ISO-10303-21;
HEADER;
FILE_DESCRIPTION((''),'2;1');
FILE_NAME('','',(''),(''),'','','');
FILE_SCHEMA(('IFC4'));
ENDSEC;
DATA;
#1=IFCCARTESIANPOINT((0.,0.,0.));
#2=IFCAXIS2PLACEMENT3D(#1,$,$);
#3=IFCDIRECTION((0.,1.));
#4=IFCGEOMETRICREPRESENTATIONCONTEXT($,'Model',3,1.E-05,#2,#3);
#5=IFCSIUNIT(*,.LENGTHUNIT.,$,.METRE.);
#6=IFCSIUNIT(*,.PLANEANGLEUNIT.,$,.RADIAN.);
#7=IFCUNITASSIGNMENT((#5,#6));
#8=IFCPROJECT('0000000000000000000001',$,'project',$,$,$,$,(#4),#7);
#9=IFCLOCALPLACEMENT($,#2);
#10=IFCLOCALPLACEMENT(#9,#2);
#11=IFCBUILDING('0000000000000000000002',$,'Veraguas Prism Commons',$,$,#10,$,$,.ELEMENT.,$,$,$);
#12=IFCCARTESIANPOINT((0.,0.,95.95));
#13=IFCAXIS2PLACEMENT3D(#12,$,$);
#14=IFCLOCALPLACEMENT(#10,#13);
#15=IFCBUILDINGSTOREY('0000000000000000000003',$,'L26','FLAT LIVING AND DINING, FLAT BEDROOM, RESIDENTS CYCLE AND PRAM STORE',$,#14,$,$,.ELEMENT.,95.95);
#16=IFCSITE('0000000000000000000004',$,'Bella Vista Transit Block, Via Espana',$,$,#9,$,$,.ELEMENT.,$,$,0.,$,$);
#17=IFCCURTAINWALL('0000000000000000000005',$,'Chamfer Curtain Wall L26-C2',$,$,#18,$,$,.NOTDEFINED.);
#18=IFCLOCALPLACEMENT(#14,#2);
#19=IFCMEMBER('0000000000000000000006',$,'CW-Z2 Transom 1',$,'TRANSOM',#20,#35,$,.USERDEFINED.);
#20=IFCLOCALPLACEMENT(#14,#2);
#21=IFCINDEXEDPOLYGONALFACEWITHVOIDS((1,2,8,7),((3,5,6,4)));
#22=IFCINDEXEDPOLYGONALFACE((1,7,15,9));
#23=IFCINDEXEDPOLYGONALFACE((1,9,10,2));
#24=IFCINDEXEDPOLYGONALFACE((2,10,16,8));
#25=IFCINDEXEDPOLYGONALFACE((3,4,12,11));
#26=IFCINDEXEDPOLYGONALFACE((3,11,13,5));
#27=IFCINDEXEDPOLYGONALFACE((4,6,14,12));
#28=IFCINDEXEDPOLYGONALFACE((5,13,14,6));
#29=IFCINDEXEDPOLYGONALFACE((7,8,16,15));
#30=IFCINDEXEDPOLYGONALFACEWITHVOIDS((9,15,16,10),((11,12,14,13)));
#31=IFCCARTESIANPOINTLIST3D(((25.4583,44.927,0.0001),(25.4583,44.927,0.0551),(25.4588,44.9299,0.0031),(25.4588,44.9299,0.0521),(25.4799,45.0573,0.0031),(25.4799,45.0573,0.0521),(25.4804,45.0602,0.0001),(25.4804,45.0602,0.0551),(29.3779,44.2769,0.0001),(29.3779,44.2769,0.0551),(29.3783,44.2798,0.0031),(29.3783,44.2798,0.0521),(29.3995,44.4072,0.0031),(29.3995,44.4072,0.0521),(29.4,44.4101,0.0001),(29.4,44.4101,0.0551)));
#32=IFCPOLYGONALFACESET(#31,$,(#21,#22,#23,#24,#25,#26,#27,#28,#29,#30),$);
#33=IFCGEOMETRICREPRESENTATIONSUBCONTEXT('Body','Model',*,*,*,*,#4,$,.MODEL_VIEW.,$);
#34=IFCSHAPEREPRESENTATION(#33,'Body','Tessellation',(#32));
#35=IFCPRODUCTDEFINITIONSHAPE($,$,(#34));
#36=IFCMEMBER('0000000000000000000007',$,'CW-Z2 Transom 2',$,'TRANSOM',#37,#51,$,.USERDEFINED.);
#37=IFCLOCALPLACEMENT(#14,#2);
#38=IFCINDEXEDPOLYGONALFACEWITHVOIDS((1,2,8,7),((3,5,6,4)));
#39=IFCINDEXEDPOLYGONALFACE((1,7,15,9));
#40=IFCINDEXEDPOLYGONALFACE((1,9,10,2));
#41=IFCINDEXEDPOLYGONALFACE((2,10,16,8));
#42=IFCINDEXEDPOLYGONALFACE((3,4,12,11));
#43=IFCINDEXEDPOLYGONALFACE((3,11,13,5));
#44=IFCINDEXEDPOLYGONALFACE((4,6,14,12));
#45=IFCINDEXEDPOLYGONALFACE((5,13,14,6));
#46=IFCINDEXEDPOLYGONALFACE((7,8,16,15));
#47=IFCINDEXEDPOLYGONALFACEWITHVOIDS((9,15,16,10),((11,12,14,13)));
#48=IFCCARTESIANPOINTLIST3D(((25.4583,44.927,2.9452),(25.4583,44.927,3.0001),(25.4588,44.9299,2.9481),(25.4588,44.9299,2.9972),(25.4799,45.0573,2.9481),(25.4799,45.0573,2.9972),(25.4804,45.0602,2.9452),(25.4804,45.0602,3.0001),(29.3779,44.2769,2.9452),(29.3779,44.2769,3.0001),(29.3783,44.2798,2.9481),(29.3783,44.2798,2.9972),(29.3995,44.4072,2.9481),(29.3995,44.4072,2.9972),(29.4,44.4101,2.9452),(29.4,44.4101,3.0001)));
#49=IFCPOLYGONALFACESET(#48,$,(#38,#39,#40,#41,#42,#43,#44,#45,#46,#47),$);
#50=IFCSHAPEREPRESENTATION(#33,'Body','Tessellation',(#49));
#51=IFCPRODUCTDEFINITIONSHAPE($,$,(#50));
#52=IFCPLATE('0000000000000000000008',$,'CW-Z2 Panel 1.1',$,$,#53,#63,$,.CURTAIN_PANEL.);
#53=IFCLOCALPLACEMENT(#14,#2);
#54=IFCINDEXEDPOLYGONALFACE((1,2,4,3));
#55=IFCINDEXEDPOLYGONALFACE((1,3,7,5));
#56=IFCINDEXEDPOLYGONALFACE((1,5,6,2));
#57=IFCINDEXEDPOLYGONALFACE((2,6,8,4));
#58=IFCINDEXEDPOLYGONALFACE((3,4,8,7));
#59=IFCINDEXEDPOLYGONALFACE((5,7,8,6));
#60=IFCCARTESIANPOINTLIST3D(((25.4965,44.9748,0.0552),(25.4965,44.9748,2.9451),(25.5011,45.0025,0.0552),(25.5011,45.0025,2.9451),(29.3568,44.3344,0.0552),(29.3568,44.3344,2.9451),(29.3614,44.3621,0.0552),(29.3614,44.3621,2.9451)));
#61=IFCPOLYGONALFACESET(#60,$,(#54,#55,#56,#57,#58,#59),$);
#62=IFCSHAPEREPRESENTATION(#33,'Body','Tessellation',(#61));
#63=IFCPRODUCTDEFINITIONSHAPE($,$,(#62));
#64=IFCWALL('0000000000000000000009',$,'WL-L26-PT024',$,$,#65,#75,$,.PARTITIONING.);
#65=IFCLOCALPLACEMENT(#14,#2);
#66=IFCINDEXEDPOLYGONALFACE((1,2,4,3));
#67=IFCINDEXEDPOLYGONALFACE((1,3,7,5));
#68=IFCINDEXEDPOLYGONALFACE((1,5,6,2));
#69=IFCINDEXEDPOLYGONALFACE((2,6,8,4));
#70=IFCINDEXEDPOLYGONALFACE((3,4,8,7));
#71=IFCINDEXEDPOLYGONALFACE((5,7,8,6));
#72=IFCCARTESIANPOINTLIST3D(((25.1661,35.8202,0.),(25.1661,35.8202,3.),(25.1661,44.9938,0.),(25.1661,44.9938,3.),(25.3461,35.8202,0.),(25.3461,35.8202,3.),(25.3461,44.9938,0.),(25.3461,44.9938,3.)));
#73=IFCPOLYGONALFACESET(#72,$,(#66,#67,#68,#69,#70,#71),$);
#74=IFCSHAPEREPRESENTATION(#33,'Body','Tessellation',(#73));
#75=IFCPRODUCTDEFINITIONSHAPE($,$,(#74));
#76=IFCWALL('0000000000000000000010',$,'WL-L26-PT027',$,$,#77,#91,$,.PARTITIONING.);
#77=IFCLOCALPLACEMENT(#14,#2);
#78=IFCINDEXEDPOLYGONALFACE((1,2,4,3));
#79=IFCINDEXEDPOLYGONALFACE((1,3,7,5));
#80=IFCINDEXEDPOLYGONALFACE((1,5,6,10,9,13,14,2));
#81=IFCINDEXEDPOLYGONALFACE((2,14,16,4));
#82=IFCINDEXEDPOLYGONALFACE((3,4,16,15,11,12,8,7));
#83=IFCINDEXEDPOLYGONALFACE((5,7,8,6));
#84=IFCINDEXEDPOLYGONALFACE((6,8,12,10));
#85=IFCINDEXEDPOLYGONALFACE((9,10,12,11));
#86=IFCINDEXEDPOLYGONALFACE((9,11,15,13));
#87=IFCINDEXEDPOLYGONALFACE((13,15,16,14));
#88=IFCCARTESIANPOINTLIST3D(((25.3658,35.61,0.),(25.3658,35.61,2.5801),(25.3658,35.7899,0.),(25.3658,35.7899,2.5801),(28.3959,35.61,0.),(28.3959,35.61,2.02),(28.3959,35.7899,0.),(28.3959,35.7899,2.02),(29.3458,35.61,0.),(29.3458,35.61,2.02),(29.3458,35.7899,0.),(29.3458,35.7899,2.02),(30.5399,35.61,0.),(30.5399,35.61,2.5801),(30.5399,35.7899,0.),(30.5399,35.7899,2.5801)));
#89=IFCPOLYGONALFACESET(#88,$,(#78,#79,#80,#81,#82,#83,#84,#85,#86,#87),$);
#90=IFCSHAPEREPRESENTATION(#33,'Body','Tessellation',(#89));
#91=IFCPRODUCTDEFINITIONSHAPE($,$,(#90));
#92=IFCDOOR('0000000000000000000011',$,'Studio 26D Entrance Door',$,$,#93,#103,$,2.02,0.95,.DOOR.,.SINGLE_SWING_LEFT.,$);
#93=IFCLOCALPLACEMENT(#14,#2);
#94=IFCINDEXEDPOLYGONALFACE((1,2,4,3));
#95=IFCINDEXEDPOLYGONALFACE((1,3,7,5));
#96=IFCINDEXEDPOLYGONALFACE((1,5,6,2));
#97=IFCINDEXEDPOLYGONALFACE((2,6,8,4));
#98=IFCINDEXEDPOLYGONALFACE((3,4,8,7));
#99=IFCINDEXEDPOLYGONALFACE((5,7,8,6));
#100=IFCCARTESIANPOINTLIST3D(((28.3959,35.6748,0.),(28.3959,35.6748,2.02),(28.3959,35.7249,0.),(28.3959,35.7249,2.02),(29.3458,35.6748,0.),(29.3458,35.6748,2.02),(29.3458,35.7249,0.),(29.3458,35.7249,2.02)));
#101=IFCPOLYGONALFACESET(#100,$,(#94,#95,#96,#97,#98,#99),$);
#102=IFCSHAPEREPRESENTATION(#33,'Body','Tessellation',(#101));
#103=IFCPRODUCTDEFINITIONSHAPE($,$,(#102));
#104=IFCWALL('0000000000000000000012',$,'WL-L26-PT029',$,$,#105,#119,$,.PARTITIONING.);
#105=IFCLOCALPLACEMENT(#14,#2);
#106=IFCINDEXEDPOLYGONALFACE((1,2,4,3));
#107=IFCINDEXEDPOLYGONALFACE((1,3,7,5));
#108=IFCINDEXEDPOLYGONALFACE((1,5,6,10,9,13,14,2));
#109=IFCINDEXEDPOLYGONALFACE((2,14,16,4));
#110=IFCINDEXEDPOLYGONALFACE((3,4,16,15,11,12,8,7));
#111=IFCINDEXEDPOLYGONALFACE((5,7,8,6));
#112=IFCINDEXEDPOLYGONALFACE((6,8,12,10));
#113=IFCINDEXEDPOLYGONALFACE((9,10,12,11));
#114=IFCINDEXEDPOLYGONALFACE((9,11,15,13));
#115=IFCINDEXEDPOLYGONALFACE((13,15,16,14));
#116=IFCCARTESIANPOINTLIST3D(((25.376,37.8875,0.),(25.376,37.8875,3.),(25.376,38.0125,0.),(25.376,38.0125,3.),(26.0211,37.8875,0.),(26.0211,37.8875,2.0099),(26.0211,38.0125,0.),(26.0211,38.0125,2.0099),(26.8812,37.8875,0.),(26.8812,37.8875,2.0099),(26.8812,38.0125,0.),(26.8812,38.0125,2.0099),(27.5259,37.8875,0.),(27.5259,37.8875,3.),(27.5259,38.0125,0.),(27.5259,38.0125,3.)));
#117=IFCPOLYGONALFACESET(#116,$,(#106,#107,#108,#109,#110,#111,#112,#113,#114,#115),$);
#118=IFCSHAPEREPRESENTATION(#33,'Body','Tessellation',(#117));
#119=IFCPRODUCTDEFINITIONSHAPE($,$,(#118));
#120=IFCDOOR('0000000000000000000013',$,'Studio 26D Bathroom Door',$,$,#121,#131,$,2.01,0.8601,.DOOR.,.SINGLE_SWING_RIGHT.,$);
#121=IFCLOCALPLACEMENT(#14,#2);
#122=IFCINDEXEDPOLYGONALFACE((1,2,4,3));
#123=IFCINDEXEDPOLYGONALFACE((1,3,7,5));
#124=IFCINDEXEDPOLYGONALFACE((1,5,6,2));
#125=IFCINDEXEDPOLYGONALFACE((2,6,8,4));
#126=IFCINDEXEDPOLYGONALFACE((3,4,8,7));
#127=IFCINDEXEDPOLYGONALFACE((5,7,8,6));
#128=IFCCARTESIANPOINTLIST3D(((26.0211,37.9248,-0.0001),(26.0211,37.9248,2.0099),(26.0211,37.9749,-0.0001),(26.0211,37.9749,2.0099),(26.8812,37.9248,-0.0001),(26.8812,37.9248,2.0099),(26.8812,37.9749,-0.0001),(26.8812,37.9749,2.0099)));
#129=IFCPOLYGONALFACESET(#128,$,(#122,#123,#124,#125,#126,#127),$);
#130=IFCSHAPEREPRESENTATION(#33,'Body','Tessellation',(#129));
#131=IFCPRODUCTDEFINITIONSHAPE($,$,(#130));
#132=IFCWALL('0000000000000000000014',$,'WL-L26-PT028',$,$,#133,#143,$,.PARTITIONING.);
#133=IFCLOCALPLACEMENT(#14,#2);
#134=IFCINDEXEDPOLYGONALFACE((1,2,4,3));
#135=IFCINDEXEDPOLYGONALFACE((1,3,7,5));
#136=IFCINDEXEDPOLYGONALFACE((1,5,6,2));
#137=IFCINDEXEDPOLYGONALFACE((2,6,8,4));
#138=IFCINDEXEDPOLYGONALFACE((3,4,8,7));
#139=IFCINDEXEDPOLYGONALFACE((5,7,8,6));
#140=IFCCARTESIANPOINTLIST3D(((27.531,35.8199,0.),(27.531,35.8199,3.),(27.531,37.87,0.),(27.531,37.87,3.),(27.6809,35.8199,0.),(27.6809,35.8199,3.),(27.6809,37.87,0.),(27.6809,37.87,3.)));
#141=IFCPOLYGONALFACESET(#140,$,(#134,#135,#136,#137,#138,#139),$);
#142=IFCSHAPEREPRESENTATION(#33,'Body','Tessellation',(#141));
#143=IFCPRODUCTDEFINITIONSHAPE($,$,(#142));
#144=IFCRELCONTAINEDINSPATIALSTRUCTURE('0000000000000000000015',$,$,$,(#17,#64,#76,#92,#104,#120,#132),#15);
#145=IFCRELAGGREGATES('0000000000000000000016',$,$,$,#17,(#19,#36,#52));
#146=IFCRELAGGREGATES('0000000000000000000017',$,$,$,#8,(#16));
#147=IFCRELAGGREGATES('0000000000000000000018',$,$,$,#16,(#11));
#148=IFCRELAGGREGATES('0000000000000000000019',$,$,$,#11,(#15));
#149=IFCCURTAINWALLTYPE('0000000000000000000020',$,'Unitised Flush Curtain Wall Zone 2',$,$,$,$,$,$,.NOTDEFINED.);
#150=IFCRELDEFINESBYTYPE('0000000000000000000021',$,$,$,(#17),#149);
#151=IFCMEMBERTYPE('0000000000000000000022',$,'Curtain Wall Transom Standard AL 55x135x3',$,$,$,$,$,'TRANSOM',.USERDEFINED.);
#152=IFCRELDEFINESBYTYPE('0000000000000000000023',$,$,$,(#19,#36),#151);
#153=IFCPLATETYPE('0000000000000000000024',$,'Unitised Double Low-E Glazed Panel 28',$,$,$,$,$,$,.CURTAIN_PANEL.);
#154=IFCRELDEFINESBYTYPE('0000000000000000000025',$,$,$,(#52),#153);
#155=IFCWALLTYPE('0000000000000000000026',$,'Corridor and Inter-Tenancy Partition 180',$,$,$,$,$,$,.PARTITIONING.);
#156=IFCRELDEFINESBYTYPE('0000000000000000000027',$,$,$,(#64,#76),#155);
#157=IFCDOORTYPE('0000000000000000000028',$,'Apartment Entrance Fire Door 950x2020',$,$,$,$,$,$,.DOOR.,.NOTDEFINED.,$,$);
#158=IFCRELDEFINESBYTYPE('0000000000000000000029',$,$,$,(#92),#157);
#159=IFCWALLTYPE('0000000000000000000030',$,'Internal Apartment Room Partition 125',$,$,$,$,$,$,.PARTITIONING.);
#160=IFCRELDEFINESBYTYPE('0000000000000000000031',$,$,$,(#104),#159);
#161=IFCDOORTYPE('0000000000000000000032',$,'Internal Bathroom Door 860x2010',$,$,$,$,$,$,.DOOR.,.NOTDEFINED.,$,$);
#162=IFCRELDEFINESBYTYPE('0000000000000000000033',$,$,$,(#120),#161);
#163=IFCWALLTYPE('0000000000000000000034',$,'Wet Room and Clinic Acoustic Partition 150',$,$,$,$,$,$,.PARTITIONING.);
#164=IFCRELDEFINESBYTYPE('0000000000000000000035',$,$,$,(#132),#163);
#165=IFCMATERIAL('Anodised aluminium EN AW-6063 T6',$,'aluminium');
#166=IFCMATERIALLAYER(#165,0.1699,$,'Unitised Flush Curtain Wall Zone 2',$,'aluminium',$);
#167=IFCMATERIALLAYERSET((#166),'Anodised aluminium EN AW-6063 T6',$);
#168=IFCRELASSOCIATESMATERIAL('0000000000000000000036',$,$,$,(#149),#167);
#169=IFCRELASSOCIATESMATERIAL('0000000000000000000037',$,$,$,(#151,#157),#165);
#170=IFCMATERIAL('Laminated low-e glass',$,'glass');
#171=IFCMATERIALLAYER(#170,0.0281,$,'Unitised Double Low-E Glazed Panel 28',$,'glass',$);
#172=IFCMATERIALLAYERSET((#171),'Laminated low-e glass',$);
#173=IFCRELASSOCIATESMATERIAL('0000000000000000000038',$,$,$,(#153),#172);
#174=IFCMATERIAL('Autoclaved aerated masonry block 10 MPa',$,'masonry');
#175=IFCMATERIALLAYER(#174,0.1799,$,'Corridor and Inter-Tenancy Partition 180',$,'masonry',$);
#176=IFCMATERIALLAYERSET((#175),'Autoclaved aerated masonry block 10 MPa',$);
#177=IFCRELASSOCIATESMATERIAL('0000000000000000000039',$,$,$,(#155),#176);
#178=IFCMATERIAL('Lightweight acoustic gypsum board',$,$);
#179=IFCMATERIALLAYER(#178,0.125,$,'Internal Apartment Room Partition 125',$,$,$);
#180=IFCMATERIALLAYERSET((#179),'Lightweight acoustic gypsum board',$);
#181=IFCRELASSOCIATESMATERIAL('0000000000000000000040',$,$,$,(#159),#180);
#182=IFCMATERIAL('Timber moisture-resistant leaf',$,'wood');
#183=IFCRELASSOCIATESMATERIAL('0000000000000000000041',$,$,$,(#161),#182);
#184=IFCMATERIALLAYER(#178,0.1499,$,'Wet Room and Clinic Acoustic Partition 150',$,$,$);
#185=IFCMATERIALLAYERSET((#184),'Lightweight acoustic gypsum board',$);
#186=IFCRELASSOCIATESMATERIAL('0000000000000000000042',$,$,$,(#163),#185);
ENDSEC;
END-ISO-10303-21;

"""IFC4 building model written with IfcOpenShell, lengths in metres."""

from ifc_helpers import new_model, si_unit, direction, frame, frame_2d, origin, origin_2d, place, context, subcontext, project, spatial, rectangle, hollow_rectangle, extrude, source, transform, mapped, material, layer, layer_set, material_profile, profile_set, type_object, element, fill, aggregate, save


model = new_model("IFC4")

# Units and contexts
model_context = context("Model", 3, precision=1e-05, world=origin(), true_north=direction((0.0, 1.0)))
body_context = subcontext(model_context, "Body", "Model", "MODEL_VIEW")
ifc_project = project(units=[si_unit("LENGTHUNIT", "METRE"), si_unit("PLANEANGLEUNIT", "RADIAN")], contexts=[model_context])

# Site, building, storey
site_placement = place(None, origin())
site = spatial("IfcSite", under=ifc_project, at=site_placement, Name="Bella Vista Transit Block, Via Espana", CompositionType="ELEMENT", RefElevation=0.0)
building_placement = place(site_placement, origin())
building = spatial("IfcBuilding", under=site, at=building_placement, Name="Veraguas Prism Commons", CompositionType="ELEMENT")
storey_placement = place(building_placement, frame((0.0, 0.0, 95.95)))
storey = spatial("IfcBuildingStorey", under=building, at=storey_placement, Name="L26", Description="FLAT LIVING AND DINING, FLAT BEDROOM, RESIDENTS CYCLE AND PRAM STORE", CompositionType="ELEMENT", Elevation=95.95)

# Shared definitions
ifc_material_1 = material(Name="Anodised aluminium EN AW-6063 T6", Category="aluminium")
ifc_layer_1 = layer(ifc_material_1, 0.1699, Name="Unitised Flush Curtain Wall Zone 2", Category="aluminium")
ifc_layer_set_1 = layer_set([ifc_layer_1], Name="Anodised aluminium EN AW-6063 T6")
curtain_wall_type = type_object("IfcCurtainWallType", Name="Unitised Flush Curtain Wall Zone 2", PredefinedType="NOTDEFINED", material=ifc_layer_set_1)

# Curtain wall
curtain_wall_1_placement = place(storey_placement, origin())
curtain_wall_1 = element("IfcCurtainWall", 1, at=curtain_wall_1_placement, inside=storey, type_object=curtain_wall_type, Name="Chamfer Curtain Wall L26-C2", PredefinedType="NOTDEFINED")

# Members
ifc_material_profile_1 = material_profile(ifc_material_1, hollow_rectangle(XDim=0.0549, YDim=0.135, WallThickness=0.0029, at=origin_2d()), Name="AL55X135X3")
ifc_profile_set_1 = profile_set([ifc_material_profile_1], Name="Anodised aluminium EN AW-6063 T6")
member_type_1 = type_object("IfcMemberType", Name="Curtain Wall Transom Standard AL 55x135x3", ElementType="TRANSOM", PredefinedType="USERDEFINED", material=ifc_profile_set_1)
shared_shape_1 = source(origin(), body_context, "Body", "SweptSolid", [
    extrude(hollow_rectangle(XDim=0.0549, YDim=0.135, WallThickness=0.0029, at=origin_2d()), origin(), (0.0, 0.0, 1.0), 3.9731),
])
member_1_placement = place(storey_placement, frame((29.3889, 44.3435, 0.0276), z_axis=(-0.986522, 0.163632, 0.0), x_axis=(0.0, 0.0, 1.0)))
member_1 = element("IfcMember", 2, at=member_1_placement, type_object=member_type_1, Name="CW-Z2 Transom 1", ObjectType="TRANSOM", PredefinedType="USERDEFINED", context=body_context, shape_type="MappedRepresentation", body=[
    mapped(shared_shape_1, transform((0.0, 0.0, 0.0), scale=1.0)),
])
member_2_placement = place(storey_placement, frame((29.3889, 44.3435, 2.9727), z_axis=(-0.986522, 0.163632, 0.0), x_axis=(0.0, 0.0, 1.0)))
member_2 = element("IfcMember", 3, at=member_2_placement, type_object=member_type_1, Name="CW-Z2 Transom 2", ObjectType="TRANSOM", PredefinedType="USERDEFINED", context=body_context, shape_type="MappedRepresentation", body=[
    mapped(shared_shape_1, transform((0.0, 0.0, 0.0), scale=1.0)),
])

# Plate
ifc_material_2 = material(Name="Laminated low-e glass", Category="glass")
ifc_layer_2 = layer(ifc_material_2, 0.0281, Name="Unitised Double Low-E Glazed Panel 28", Category="glass")
ifc_layer_set_2 = layer_set([ifc_layer_2], Name="Laminated low-e glass")
plate_type = type_object("IfcPlateType", Name="Unitised Double Low-E Glazed Panel 28", PredefinedType="CURTAIN_PANEL", material=ifc_layer_set_2)
shared_shape_2 = source(origin(), body_context, "Body", "SweptSolid", [
    extrude(rectangle(XDim=3.9131, YDim=0.0281, at=origin_2d()), origin(), (0.0, 0.0, 1.0), 2.8899),
])
plate_placement = place(storey_placement, frame((27.429, 44.6685, 0.0552), z_axis=(0.0, 0.0, 1.0), x_axis=(-0.986515, 0.16367, 0.0)))
plate = element("IfcPlate", 4, at=plate_placement, type_object=plate_type, Name="CW-Z2 Panel 1.1", PredefinedType="CURTAIN_PANEL", context=body_context, shape_type="MappedRepresentation", body=[
    mapped(shared_shape_2, transform((0.0, 0.0, 0.0), scale=1.0)),
])
aggregate(curtain_wall_1, [member_1, member_2, plate])

# Wall
ifc_material_3 = material(Name="Autoclaved aerated masonry block 10 MPa", Category="masonry")
ifc_layer_3 = layer(ifc_material_3, 0.1799, Name="Corridor and Inter-Tenancy Partition 180", Category="masonry")
ifc_layer_set_3 = layer_set([ifc_layer_3], Name="Autoclaved aerated masonry block 10 MPa")
wall_type_1 = type_object("IfcWallType", Name="Corridor and Inter-Tenancy Partition 180", PredefinedType="PARTITIONING", material=ifc_layer_set_3)
wall_1_placement = place(storey_placement, frame((25.2561, 35.8201, 0.0), z_axis=(0.0, 0.0, 1.0), x_axis=(0.0, 1.0, 0.0)))
element("IfcWall", 5, at=wall_1_placement, inside=storey, type_object=wall_type_1, Name="WL-L26-PT024", PredefinedType="PARTITIONING", context=body_context, shape_type="SweptSolid", body=[
    extrude(rectangle(XDim=9.1736, YDim=0.1799, at=frame_2d((4.5869, 0.0))), origin(), (0.0, 0.0, 1.0), 3.0),
])

# Walls, openings, doors
wall_2_placement = place(storey_placement, frame((25.366, 35.7, 0.0), z_axis=(0.0, 0.0, 1.0), x_axis=(1.0, 0.0, 0.0)))
wall_2 = element("IfcWall", 6, at=wall_2_placement, inside=storey, type_object=wall_type_1, Name="WL-L26-PT027", PredefinedType="PARTITIONING", context=body_context, shape_type="SweptSolid", body=[
    extrude(rectangle(XDim=5.1741, YDim=0.1799, at=frame_2d((2.5869, 0.0))), origin(), (0.0, 0.0, 1.0), 2.5801),
])
opening_1_placement = place(wall_2_placement, frame((3.0298, 0.0, 0.0)))
opening_1 = element("IfcOpeningElement", 7, at=opening_1_placement, cuts=wall_2, PredefinedType="OPENING", context=body_context, shape_type="SweptSolid", body=[
    extrude(rectangle(XDim=0.95, YDim=2.02, at=frame_2d((0.4751, 1.01))), frame((0.0, 0.0999, 0.0), z_axis=(0.0, -1.0, 0.0), x_axis=(1.0, 0.0, 0.0)), (0.0, 0.0, 1.0), 0.2),
])
door_type_1 = type_object("IfcDoorType", Name="Apartment Entrance Fire Door 950x2020", OperationType="NOTDEFINED", PredefinedType="DOOR", material=ifc_material_1)
shared_shape_3 = source(origin(), body_context, "Body", "SweptSolid", [
    extrude(rectangle(XDim=0.95, YDim=2.02, at=frame_2d((0.4751, 1.01))), frame((0.0, 0.0249, 0.0), z_axis=(0.0, -1.0, 0.0), x_axis=(1.0, 0.0, 0.0)), (0.0, 0.0, 1.0), 0.05),
])
door_1_placement = place(opening_1_placement, origin())
door_1 = element("IfcDoor", 8, at=door_1_placement, inside=storey, type_object=door_type_1, Name="Studio 26D Entrance Door", OperationType="SINGLE_SWING_LEFT", OverallHeight=2.02, OverallWidth=0.95, PredefinedType="DOOR", context=body_context, shape_type="MappedRepresentation", body=[
    mapped(shared_shape_3, transform((0.0, 0.0, 0.0), scale=1.0)),
])
fill(opening_1, door_1)
ifc_material_4 = material(Name="Lightweight acoustic gypsum board")
ifc_layer_4 = layer(ifc_material_4, 0.125, Name="Internal Apartment Room Partition 125")
ifc_layer_set_4 = layer_set([ifc_layer_4], Name="Lightweight acoustic gypsum board")
wall_type_2 = type_object("IfcWallType", Name="Internal Apartment Room Partition 125", PredefinedType="PARTITIONING", material=ifc_layer_set_4)
wall_3_placement = place(storey_placement, frame((25.376, 37.95, 0.0), z_axis=(0.0, 0.0, 1.0), x_axis=(1.0, 0.0, 0.0)))
wall_3 = element("IfcWall", 9, at=wall_3_placement, inside=storey, type_object=wall_type_2, Name="WL-L26-PT029", PredefinedType="PARTITIONING", context=body_context, shape_type="SweptSolid", body=[
    extrude(rectangle(XDim=2.1499, YDim=0.125, at=frame_2d((1.075, 0.0))), origin(), (0.0, 0.0, 1.0), 3.0),
])
opening_2_placement = place(wall_3_placement, frame((0.645, 0.0, 0.0)))
opening_2 = element("IfcOpeningElement", 10, at=opening_2_placement, cuts=wall_3, PredefinedType="OPENING", context=body_context, shape_type="SweptSolid", body=[
    extrude(rectangle(XDim=0.8601, YDim=2.01, at=frame_2d((0.4302, 1.0049))), frame((0.0, 0.0725, 0.0), z_axis=(0.0, -1.0, 0.0), x_axis=(1.0, 0.0, 0.0)), (0.0, 0.0, 1.0), 0.145),
])
ifc_material_5 = material(Name="Timber moisture-resistant leaf", Category="wood")
door_type_2 = type_object("IfcDoorType", Name="Internal Bathroom Door 860x2010", OperationType="NOTDEFINED", PredefinedType="DOOR", material=ifc_material_5)
shared_shape_4 = source(origin(), body_context, "Body", "SweptSolid", [
    extrude(rectangle(XDim=0.8601, YDim=2.01, at=frame_2d((0.4302, 1.0049))), frame((0.0, 0.0249, 0.0), z_axis=(0.0, -1.0, 0.0), x_axis=(1.0, 0.0, 0.0)), (0.0, 0.0, 1.0), 0.05),
])
door_2_placement = place(opening_2_placement, origin())
door_2 = element("IfcDoor", 11, at=door_2_placement, inside=storey, type_object=door_type_2, Name="Studio 26D Bathroom Door", OperationType="SINGLE_SWING_RIGHT", OverallHeight=2.01, OverallWidth=0.8601, PredefinedType="DOOR", context=body_context, shape_type="MappedRepresentation", body=[
    mapped(shared_shape_4, transform((0.0, 0.0, 0.0), scale=1.0)),
])
fill(opening_2, door_2)

# Wall
ifc_layer_5 = layer(ifc_material_4, 0.1499, Name="Wet Room and Clinic Acoustic Partition 150")
ifc_layer_set_5 = layer_set([ifc_layer_5], Name="Lightweight acoustic gypsum board")
wall_type_3 = type_object("IfcWallType", Name="Wet Room and Clinic Acoustic Partition 150", PredefinedType="PARTITIONING", material=ifc_layer_set_5)
wall_4_placement = place(storey_placement, frame((27.606, 35.8201, 0.0), z_axis=(0.0, 0.0, 1.0), x_axis=(0.0, 1.0, 0.0)))
element("IfcWall", 12, at=wall_4_placement, inside=storey, type_object=wall_type_3, Name="WL-L26-PT028", PredefinedType="PARTITIONING", context=body_context, shape_type="SweptSolid", body=[
    extrude(rectangle(XDim=2.05, YDim=0.1499, at=frame_2d((1.0249, 0.0))), origin(), (0.0, 0.0, 1.0), 3.0),
])

save(model, "model.ifc")
